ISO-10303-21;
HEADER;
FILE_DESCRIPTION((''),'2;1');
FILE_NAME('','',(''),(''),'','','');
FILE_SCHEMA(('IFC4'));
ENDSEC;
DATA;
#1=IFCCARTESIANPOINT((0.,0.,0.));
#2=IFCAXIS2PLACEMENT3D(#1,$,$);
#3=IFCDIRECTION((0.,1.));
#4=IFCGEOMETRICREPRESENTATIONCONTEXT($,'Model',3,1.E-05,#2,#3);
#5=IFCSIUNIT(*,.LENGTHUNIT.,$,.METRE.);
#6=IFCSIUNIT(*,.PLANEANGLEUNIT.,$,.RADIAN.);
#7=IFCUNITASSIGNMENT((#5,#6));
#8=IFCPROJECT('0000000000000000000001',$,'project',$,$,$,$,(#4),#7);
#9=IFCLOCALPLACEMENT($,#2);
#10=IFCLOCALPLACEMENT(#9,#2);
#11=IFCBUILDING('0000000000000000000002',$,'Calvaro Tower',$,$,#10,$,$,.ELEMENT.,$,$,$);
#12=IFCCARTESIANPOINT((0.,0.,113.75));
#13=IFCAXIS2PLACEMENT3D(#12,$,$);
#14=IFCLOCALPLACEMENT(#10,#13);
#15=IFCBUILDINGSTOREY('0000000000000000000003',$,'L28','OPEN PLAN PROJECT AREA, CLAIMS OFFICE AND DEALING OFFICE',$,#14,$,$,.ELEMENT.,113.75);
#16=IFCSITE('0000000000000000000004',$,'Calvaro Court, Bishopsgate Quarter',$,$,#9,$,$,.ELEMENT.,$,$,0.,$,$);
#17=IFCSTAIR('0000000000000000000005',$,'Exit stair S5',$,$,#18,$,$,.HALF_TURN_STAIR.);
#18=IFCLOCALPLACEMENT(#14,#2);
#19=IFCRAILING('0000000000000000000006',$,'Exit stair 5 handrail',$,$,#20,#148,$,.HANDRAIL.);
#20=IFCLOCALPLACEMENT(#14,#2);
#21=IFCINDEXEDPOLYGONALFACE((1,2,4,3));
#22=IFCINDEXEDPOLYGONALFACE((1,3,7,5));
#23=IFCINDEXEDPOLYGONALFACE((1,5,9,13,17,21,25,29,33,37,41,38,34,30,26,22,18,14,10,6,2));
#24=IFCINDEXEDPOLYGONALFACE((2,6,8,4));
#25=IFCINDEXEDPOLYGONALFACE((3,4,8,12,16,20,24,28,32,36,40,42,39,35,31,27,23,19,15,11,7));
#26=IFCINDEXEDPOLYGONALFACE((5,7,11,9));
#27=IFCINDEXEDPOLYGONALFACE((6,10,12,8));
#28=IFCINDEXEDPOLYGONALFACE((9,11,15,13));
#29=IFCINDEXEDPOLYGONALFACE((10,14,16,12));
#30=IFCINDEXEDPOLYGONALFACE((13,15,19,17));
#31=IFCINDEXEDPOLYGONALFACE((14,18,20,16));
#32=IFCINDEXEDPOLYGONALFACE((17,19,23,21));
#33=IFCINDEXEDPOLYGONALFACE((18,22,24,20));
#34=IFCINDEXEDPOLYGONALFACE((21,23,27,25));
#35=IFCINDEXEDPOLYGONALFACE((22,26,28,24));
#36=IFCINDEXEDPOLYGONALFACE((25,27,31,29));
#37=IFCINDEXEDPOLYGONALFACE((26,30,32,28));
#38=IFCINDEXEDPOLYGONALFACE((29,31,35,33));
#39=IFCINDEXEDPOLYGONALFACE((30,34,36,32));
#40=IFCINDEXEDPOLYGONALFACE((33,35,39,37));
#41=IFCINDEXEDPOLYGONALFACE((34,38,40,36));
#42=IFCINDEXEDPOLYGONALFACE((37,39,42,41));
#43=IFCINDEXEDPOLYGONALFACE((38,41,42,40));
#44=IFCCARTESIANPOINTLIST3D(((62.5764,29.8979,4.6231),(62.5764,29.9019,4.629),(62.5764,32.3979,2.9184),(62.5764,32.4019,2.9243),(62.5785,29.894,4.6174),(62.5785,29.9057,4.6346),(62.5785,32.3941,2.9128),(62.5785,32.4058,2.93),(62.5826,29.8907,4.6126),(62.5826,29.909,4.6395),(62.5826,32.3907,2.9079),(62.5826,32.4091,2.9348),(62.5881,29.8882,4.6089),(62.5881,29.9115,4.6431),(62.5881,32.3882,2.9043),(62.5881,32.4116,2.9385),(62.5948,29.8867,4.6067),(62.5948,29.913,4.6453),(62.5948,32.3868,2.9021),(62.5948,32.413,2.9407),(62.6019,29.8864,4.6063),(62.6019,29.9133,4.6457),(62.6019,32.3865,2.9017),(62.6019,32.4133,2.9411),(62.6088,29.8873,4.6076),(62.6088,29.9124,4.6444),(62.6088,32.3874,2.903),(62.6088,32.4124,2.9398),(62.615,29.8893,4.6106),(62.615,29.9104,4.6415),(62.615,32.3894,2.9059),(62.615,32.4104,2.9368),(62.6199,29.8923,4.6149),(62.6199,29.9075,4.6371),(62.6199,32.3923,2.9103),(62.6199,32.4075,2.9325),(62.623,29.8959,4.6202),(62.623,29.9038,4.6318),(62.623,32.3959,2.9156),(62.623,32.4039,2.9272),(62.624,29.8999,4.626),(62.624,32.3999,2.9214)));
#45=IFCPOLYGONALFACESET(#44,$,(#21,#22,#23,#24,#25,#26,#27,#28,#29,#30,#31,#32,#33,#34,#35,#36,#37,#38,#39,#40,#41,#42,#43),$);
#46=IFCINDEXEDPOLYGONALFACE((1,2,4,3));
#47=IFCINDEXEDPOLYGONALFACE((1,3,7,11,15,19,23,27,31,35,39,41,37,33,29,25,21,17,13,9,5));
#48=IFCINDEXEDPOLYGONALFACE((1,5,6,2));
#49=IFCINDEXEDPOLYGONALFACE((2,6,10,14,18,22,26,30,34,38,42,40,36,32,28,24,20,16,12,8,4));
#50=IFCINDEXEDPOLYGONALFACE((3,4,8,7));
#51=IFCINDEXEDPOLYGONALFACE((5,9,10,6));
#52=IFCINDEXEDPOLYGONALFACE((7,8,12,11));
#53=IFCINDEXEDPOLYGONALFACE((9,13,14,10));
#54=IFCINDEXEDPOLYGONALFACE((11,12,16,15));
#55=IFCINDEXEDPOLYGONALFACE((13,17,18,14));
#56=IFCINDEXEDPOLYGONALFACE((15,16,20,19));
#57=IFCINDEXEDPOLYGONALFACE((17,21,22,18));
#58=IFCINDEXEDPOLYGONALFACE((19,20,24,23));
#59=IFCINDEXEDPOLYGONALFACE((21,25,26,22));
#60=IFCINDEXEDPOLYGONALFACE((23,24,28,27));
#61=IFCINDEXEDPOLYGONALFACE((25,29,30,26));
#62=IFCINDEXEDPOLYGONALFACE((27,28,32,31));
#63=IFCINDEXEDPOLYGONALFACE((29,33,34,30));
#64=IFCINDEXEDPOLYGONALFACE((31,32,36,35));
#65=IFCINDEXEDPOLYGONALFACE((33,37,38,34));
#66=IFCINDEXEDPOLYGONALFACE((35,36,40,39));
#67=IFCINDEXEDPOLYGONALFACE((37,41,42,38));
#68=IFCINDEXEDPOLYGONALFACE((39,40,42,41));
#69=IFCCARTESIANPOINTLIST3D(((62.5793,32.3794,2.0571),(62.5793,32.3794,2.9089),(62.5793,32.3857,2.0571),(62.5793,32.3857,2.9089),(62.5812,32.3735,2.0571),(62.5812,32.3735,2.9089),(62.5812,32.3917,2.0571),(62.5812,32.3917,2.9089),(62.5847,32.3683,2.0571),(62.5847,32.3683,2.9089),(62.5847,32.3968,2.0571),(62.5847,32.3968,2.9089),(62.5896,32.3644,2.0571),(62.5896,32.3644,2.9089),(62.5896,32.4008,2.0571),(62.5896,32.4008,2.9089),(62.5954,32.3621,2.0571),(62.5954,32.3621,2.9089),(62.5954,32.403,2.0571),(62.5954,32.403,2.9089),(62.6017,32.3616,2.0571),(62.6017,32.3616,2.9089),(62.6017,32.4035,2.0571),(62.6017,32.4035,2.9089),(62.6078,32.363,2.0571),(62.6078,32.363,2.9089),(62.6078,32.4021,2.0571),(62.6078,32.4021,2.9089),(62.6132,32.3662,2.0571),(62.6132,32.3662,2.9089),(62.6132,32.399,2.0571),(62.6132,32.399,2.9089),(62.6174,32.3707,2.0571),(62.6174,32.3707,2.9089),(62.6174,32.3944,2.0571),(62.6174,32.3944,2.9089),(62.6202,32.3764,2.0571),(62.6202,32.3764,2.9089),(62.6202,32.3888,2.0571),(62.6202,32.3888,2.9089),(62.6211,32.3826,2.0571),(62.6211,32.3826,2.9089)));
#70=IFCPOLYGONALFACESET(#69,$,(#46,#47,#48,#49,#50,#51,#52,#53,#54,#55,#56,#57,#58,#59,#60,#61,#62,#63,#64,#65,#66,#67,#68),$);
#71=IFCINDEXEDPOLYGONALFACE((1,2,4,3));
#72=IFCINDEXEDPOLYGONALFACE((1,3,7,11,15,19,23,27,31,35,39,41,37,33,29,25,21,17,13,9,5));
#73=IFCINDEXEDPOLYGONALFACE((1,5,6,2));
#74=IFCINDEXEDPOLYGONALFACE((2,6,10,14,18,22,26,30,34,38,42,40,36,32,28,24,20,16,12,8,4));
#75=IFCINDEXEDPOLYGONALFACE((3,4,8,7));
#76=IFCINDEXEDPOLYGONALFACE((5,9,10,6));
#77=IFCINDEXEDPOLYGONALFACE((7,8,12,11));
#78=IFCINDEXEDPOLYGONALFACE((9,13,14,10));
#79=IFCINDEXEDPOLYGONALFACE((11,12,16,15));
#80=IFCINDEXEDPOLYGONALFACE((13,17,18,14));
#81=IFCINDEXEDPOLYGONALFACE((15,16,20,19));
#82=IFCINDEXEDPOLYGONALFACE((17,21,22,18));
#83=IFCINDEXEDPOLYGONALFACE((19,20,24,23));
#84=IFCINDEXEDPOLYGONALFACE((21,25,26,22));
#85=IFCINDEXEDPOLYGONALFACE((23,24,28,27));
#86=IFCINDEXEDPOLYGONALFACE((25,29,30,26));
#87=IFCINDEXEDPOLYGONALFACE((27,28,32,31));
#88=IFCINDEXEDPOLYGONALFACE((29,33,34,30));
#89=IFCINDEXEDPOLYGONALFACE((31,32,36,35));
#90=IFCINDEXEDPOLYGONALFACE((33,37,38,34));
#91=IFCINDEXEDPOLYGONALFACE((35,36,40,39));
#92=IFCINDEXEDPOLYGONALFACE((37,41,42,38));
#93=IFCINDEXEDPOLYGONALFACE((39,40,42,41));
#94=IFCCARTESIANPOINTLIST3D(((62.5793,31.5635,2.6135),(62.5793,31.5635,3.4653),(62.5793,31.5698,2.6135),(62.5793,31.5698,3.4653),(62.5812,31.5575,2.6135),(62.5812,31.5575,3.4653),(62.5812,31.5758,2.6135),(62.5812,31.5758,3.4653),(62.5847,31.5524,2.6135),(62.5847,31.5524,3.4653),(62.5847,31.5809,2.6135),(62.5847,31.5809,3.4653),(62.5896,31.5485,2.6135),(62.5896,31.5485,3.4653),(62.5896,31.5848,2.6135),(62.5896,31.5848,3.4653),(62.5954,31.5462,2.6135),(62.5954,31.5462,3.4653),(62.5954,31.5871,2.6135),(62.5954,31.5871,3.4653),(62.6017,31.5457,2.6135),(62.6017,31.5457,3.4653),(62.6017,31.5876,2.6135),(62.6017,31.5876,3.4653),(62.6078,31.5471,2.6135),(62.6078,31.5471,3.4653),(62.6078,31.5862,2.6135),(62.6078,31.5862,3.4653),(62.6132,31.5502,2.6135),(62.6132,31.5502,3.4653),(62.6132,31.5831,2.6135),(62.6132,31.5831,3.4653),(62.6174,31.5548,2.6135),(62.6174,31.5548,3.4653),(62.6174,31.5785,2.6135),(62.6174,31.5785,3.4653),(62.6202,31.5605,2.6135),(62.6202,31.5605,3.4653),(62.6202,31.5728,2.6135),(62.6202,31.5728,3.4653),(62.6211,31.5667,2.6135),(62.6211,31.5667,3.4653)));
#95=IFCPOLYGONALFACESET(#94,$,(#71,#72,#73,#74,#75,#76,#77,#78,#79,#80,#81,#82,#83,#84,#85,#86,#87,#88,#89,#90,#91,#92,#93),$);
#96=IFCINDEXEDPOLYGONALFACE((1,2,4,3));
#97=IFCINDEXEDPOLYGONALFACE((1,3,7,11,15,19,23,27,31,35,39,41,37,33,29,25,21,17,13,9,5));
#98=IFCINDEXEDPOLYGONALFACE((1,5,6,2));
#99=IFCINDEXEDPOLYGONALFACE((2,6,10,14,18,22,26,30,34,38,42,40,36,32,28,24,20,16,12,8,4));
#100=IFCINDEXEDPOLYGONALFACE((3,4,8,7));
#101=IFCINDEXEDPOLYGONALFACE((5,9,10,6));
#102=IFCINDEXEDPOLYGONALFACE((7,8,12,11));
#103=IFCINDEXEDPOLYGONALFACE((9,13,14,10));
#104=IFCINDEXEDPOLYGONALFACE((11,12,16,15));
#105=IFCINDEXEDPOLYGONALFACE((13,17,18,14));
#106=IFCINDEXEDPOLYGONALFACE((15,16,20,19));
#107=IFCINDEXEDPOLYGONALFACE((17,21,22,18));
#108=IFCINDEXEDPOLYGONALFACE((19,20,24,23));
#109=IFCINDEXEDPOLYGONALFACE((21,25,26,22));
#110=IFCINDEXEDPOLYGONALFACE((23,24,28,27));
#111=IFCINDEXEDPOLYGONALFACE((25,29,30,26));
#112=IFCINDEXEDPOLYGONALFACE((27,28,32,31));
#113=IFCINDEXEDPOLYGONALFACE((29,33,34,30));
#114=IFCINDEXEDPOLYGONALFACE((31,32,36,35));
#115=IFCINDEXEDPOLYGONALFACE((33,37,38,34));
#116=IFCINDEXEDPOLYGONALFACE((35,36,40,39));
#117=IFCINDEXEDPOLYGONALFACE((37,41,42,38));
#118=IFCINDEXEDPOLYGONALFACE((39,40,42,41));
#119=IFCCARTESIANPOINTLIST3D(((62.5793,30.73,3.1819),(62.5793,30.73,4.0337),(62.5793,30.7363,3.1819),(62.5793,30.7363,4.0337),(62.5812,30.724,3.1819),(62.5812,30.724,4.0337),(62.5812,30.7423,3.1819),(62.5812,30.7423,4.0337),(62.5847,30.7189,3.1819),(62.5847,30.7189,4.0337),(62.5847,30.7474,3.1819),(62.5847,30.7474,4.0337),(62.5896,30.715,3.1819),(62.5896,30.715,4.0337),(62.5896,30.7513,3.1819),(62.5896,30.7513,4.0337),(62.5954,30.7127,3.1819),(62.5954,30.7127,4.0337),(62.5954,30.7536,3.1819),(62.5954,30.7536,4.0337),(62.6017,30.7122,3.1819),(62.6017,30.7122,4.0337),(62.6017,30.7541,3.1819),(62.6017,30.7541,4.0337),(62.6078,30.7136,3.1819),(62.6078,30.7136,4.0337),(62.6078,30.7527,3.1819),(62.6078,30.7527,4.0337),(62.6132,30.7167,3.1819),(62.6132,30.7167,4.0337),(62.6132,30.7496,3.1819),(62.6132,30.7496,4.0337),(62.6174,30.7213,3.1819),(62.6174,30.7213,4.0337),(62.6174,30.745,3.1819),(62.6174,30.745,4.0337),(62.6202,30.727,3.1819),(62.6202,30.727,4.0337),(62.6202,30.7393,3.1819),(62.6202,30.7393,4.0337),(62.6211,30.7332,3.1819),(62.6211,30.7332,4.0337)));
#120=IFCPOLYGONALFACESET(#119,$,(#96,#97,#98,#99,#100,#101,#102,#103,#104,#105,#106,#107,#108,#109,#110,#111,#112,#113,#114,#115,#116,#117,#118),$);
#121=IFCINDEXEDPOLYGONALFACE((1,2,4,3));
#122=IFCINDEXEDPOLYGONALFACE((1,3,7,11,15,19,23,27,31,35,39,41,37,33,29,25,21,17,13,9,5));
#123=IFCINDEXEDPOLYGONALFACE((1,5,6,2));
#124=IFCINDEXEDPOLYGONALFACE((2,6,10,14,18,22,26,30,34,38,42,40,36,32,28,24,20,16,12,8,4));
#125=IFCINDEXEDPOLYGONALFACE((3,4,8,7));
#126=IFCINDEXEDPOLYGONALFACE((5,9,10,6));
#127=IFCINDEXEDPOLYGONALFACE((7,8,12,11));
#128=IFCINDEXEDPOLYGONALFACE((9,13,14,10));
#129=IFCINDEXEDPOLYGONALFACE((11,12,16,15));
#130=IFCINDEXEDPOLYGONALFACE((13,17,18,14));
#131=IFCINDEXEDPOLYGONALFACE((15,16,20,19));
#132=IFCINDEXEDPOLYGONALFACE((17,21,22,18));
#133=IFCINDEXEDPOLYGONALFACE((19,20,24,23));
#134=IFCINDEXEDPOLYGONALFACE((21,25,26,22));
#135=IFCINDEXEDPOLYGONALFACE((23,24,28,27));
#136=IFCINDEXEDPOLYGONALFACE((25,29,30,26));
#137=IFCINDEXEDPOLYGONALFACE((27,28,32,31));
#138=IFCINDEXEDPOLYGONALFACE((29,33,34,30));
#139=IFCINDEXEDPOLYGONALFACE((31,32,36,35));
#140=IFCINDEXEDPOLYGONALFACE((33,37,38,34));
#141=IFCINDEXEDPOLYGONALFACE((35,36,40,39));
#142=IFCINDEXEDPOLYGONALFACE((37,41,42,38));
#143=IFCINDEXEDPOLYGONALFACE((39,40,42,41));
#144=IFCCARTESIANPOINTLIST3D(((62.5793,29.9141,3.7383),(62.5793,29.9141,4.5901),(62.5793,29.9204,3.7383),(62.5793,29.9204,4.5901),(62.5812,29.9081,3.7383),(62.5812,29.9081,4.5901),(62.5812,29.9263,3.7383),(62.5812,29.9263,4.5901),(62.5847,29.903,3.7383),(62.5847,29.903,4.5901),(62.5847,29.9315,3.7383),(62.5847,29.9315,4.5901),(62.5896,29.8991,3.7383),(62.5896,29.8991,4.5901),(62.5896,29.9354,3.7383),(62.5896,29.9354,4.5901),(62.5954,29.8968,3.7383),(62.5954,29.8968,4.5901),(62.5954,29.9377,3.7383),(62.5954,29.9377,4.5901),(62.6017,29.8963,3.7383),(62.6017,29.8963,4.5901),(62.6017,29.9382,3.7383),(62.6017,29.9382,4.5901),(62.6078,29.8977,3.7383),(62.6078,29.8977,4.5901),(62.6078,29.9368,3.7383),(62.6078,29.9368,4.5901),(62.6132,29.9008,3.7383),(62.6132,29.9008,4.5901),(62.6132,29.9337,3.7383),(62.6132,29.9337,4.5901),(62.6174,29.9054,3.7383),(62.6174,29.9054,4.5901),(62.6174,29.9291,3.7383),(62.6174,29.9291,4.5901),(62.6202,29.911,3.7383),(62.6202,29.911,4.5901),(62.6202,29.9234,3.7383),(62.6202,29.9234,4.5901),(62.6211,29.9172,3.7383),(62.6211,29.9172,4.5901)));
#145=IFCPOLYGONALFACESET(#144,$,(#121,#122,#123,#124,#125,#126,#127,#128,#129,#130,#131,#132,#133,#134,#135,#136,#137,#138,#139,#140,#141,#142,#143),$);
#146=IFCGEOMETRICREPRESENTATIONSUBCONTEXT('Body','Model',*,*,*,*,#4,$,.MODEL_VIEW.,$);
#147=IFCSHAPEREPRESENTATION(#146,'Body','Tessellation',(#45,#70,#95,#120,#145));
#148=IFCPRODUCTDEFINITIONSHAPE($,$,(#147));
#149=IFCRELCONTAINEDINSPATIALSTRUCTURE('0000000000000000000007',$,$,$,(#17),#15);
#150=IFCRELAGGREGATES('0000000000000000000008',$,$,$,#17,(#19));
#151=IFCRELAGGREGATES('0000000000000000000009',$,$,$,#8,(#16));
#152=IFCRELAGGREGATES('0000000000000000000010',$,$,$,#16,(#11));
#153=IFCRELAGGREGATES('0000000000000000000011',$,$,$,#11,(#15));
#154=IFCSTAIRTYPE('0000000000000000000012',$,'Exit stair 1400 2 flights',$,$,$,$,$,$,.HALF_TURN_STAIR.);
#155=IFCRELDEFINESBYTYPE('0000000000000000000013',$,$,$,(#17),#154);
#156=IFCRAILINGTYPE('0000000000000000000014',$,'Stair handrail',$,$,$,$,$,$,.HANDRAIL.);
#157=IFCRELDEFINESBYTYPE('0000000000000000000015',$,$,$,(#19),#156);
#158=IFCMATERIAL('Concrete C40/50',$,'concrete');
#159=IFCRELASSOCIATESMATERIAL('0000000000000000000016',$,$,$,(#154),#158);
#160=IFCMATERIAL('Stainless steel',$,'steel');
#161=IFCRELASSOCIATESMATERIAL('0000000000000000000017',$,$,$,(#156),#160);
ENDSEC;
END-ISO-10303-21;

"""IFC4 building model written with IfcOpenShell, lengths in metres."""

from ifc_helpers import new_model, si_unit, direction, frame, origin, origin_2d, place, context, subcontext, project, spatial, circle, extrude, material, type_object, element, aggregate, save


model = new_model("IFC4")

# Units and contexts
model_context = context("Model", 3, precision=1e-05, world=origin(), true_north=direction((0.0, 1.0)))
body_context = subcontext(model_context, "Body", "Model", "MODEL_VIEW")
ifc_project = project(units=[si_unit("LENGTHUNIT", "METRE"), si_unit("PLANEANGLEUNIT", "RADIAN")], contexts=[model_context])

# Site, building, storey
site_placement = place(None, origin())
site = spatial("IfcSite", under=ifc_project, at=site_placement, Name="Calvaro Court, Bishopsgate Quarter", CompositionType="ELEMENT", RefElevation=0.0)
building_placement = place(site_placement, origin())
building = spatial("IfcBuilding", under=site, at=building_placement, Name="Calvaro Tower", CompositionType="ELEMENT")
storey_placement = place(building_placement, frame((0.0, 0.0, 113.75)))
storey = spatial("IfcBuildingStorey", under=building, at=storey_placement, Name="L28", Description="OPEN PLAN PROJECT AREA, CLAIMS OFFICE AND DEALING OFFICE", CompositionType="ELEMENT", Elevation=113.75)

# Stair
ifc_material_1 = material(Name="Concrete C40/50", Category="concrete")
stair_type = type_object("IfcStairType", Name="Exit stair 1400 2 flights", PredefinedType="HALF_TURN_STAIR", material=ifc_material_1)
stair_1_placement = place(storey_placement, origin())
stair_1 = element("IfcStair", 1, at=stair_1_placement, inside=storey, type_object=stair_type, Name="Exit stair S5", PredefinedType="HALF_TURN_STAIR")

# Shared definitions
ifc_material_2 = material(Name="Stainless steel", Category="steel")
railing_type = type_object("IfcRailingType", Name="Stair handrail", PredefinedType="HANDRAIL", material=ifc_material_2)

# Railing
railing_1_placement = place(storey_placement, frame((62.6001, 32.3999, 2.0454)))
railing_1 = element("IfcRailing", 2, at=railing_1_placement, type_object=railing_type, Name="Exit stair 5 handrail", PredefinedType="HANDRAIL", context=body_context, shape_type="SweptSolid", body=[
    extrude(circle(Radius=0.0239, at=origin_2d()), frame((0.0, 0.0, 0.876), z_axis=(0.0, -0.826221, 0.563347), x_axis=(1.0, 0.0, 0.0)), (0.0, 0.0, 1.0), 3.0259),
    extrude(circle(Radius=0.021, at=origin_2d()), frame((0.0, -0.0173, 0.0117)), (0.0, 0.0, 1.0), 0.8518),
    extrude(circle(Radius=0.021, at=origin_2d()), frame((0.0, -0.8333, 0.5681)), (0.0, 0.0, 1.0), 0.8518),
    extrude(circle(Radius=0.021, at=origin_2d()), frame((0.0, -1.6667, 1.1365)), (0.0, 0.0, 1.0), 0.8518),
    extrude(circle(Radius=0.021, at=origin_2d()), frame((0.0, -2.4827, 1.6929)), (0.0, 0.0, 1.0), 0.8518),
])
aggregate(stair_1, [railing_1])

save(model, "model.ifc")
